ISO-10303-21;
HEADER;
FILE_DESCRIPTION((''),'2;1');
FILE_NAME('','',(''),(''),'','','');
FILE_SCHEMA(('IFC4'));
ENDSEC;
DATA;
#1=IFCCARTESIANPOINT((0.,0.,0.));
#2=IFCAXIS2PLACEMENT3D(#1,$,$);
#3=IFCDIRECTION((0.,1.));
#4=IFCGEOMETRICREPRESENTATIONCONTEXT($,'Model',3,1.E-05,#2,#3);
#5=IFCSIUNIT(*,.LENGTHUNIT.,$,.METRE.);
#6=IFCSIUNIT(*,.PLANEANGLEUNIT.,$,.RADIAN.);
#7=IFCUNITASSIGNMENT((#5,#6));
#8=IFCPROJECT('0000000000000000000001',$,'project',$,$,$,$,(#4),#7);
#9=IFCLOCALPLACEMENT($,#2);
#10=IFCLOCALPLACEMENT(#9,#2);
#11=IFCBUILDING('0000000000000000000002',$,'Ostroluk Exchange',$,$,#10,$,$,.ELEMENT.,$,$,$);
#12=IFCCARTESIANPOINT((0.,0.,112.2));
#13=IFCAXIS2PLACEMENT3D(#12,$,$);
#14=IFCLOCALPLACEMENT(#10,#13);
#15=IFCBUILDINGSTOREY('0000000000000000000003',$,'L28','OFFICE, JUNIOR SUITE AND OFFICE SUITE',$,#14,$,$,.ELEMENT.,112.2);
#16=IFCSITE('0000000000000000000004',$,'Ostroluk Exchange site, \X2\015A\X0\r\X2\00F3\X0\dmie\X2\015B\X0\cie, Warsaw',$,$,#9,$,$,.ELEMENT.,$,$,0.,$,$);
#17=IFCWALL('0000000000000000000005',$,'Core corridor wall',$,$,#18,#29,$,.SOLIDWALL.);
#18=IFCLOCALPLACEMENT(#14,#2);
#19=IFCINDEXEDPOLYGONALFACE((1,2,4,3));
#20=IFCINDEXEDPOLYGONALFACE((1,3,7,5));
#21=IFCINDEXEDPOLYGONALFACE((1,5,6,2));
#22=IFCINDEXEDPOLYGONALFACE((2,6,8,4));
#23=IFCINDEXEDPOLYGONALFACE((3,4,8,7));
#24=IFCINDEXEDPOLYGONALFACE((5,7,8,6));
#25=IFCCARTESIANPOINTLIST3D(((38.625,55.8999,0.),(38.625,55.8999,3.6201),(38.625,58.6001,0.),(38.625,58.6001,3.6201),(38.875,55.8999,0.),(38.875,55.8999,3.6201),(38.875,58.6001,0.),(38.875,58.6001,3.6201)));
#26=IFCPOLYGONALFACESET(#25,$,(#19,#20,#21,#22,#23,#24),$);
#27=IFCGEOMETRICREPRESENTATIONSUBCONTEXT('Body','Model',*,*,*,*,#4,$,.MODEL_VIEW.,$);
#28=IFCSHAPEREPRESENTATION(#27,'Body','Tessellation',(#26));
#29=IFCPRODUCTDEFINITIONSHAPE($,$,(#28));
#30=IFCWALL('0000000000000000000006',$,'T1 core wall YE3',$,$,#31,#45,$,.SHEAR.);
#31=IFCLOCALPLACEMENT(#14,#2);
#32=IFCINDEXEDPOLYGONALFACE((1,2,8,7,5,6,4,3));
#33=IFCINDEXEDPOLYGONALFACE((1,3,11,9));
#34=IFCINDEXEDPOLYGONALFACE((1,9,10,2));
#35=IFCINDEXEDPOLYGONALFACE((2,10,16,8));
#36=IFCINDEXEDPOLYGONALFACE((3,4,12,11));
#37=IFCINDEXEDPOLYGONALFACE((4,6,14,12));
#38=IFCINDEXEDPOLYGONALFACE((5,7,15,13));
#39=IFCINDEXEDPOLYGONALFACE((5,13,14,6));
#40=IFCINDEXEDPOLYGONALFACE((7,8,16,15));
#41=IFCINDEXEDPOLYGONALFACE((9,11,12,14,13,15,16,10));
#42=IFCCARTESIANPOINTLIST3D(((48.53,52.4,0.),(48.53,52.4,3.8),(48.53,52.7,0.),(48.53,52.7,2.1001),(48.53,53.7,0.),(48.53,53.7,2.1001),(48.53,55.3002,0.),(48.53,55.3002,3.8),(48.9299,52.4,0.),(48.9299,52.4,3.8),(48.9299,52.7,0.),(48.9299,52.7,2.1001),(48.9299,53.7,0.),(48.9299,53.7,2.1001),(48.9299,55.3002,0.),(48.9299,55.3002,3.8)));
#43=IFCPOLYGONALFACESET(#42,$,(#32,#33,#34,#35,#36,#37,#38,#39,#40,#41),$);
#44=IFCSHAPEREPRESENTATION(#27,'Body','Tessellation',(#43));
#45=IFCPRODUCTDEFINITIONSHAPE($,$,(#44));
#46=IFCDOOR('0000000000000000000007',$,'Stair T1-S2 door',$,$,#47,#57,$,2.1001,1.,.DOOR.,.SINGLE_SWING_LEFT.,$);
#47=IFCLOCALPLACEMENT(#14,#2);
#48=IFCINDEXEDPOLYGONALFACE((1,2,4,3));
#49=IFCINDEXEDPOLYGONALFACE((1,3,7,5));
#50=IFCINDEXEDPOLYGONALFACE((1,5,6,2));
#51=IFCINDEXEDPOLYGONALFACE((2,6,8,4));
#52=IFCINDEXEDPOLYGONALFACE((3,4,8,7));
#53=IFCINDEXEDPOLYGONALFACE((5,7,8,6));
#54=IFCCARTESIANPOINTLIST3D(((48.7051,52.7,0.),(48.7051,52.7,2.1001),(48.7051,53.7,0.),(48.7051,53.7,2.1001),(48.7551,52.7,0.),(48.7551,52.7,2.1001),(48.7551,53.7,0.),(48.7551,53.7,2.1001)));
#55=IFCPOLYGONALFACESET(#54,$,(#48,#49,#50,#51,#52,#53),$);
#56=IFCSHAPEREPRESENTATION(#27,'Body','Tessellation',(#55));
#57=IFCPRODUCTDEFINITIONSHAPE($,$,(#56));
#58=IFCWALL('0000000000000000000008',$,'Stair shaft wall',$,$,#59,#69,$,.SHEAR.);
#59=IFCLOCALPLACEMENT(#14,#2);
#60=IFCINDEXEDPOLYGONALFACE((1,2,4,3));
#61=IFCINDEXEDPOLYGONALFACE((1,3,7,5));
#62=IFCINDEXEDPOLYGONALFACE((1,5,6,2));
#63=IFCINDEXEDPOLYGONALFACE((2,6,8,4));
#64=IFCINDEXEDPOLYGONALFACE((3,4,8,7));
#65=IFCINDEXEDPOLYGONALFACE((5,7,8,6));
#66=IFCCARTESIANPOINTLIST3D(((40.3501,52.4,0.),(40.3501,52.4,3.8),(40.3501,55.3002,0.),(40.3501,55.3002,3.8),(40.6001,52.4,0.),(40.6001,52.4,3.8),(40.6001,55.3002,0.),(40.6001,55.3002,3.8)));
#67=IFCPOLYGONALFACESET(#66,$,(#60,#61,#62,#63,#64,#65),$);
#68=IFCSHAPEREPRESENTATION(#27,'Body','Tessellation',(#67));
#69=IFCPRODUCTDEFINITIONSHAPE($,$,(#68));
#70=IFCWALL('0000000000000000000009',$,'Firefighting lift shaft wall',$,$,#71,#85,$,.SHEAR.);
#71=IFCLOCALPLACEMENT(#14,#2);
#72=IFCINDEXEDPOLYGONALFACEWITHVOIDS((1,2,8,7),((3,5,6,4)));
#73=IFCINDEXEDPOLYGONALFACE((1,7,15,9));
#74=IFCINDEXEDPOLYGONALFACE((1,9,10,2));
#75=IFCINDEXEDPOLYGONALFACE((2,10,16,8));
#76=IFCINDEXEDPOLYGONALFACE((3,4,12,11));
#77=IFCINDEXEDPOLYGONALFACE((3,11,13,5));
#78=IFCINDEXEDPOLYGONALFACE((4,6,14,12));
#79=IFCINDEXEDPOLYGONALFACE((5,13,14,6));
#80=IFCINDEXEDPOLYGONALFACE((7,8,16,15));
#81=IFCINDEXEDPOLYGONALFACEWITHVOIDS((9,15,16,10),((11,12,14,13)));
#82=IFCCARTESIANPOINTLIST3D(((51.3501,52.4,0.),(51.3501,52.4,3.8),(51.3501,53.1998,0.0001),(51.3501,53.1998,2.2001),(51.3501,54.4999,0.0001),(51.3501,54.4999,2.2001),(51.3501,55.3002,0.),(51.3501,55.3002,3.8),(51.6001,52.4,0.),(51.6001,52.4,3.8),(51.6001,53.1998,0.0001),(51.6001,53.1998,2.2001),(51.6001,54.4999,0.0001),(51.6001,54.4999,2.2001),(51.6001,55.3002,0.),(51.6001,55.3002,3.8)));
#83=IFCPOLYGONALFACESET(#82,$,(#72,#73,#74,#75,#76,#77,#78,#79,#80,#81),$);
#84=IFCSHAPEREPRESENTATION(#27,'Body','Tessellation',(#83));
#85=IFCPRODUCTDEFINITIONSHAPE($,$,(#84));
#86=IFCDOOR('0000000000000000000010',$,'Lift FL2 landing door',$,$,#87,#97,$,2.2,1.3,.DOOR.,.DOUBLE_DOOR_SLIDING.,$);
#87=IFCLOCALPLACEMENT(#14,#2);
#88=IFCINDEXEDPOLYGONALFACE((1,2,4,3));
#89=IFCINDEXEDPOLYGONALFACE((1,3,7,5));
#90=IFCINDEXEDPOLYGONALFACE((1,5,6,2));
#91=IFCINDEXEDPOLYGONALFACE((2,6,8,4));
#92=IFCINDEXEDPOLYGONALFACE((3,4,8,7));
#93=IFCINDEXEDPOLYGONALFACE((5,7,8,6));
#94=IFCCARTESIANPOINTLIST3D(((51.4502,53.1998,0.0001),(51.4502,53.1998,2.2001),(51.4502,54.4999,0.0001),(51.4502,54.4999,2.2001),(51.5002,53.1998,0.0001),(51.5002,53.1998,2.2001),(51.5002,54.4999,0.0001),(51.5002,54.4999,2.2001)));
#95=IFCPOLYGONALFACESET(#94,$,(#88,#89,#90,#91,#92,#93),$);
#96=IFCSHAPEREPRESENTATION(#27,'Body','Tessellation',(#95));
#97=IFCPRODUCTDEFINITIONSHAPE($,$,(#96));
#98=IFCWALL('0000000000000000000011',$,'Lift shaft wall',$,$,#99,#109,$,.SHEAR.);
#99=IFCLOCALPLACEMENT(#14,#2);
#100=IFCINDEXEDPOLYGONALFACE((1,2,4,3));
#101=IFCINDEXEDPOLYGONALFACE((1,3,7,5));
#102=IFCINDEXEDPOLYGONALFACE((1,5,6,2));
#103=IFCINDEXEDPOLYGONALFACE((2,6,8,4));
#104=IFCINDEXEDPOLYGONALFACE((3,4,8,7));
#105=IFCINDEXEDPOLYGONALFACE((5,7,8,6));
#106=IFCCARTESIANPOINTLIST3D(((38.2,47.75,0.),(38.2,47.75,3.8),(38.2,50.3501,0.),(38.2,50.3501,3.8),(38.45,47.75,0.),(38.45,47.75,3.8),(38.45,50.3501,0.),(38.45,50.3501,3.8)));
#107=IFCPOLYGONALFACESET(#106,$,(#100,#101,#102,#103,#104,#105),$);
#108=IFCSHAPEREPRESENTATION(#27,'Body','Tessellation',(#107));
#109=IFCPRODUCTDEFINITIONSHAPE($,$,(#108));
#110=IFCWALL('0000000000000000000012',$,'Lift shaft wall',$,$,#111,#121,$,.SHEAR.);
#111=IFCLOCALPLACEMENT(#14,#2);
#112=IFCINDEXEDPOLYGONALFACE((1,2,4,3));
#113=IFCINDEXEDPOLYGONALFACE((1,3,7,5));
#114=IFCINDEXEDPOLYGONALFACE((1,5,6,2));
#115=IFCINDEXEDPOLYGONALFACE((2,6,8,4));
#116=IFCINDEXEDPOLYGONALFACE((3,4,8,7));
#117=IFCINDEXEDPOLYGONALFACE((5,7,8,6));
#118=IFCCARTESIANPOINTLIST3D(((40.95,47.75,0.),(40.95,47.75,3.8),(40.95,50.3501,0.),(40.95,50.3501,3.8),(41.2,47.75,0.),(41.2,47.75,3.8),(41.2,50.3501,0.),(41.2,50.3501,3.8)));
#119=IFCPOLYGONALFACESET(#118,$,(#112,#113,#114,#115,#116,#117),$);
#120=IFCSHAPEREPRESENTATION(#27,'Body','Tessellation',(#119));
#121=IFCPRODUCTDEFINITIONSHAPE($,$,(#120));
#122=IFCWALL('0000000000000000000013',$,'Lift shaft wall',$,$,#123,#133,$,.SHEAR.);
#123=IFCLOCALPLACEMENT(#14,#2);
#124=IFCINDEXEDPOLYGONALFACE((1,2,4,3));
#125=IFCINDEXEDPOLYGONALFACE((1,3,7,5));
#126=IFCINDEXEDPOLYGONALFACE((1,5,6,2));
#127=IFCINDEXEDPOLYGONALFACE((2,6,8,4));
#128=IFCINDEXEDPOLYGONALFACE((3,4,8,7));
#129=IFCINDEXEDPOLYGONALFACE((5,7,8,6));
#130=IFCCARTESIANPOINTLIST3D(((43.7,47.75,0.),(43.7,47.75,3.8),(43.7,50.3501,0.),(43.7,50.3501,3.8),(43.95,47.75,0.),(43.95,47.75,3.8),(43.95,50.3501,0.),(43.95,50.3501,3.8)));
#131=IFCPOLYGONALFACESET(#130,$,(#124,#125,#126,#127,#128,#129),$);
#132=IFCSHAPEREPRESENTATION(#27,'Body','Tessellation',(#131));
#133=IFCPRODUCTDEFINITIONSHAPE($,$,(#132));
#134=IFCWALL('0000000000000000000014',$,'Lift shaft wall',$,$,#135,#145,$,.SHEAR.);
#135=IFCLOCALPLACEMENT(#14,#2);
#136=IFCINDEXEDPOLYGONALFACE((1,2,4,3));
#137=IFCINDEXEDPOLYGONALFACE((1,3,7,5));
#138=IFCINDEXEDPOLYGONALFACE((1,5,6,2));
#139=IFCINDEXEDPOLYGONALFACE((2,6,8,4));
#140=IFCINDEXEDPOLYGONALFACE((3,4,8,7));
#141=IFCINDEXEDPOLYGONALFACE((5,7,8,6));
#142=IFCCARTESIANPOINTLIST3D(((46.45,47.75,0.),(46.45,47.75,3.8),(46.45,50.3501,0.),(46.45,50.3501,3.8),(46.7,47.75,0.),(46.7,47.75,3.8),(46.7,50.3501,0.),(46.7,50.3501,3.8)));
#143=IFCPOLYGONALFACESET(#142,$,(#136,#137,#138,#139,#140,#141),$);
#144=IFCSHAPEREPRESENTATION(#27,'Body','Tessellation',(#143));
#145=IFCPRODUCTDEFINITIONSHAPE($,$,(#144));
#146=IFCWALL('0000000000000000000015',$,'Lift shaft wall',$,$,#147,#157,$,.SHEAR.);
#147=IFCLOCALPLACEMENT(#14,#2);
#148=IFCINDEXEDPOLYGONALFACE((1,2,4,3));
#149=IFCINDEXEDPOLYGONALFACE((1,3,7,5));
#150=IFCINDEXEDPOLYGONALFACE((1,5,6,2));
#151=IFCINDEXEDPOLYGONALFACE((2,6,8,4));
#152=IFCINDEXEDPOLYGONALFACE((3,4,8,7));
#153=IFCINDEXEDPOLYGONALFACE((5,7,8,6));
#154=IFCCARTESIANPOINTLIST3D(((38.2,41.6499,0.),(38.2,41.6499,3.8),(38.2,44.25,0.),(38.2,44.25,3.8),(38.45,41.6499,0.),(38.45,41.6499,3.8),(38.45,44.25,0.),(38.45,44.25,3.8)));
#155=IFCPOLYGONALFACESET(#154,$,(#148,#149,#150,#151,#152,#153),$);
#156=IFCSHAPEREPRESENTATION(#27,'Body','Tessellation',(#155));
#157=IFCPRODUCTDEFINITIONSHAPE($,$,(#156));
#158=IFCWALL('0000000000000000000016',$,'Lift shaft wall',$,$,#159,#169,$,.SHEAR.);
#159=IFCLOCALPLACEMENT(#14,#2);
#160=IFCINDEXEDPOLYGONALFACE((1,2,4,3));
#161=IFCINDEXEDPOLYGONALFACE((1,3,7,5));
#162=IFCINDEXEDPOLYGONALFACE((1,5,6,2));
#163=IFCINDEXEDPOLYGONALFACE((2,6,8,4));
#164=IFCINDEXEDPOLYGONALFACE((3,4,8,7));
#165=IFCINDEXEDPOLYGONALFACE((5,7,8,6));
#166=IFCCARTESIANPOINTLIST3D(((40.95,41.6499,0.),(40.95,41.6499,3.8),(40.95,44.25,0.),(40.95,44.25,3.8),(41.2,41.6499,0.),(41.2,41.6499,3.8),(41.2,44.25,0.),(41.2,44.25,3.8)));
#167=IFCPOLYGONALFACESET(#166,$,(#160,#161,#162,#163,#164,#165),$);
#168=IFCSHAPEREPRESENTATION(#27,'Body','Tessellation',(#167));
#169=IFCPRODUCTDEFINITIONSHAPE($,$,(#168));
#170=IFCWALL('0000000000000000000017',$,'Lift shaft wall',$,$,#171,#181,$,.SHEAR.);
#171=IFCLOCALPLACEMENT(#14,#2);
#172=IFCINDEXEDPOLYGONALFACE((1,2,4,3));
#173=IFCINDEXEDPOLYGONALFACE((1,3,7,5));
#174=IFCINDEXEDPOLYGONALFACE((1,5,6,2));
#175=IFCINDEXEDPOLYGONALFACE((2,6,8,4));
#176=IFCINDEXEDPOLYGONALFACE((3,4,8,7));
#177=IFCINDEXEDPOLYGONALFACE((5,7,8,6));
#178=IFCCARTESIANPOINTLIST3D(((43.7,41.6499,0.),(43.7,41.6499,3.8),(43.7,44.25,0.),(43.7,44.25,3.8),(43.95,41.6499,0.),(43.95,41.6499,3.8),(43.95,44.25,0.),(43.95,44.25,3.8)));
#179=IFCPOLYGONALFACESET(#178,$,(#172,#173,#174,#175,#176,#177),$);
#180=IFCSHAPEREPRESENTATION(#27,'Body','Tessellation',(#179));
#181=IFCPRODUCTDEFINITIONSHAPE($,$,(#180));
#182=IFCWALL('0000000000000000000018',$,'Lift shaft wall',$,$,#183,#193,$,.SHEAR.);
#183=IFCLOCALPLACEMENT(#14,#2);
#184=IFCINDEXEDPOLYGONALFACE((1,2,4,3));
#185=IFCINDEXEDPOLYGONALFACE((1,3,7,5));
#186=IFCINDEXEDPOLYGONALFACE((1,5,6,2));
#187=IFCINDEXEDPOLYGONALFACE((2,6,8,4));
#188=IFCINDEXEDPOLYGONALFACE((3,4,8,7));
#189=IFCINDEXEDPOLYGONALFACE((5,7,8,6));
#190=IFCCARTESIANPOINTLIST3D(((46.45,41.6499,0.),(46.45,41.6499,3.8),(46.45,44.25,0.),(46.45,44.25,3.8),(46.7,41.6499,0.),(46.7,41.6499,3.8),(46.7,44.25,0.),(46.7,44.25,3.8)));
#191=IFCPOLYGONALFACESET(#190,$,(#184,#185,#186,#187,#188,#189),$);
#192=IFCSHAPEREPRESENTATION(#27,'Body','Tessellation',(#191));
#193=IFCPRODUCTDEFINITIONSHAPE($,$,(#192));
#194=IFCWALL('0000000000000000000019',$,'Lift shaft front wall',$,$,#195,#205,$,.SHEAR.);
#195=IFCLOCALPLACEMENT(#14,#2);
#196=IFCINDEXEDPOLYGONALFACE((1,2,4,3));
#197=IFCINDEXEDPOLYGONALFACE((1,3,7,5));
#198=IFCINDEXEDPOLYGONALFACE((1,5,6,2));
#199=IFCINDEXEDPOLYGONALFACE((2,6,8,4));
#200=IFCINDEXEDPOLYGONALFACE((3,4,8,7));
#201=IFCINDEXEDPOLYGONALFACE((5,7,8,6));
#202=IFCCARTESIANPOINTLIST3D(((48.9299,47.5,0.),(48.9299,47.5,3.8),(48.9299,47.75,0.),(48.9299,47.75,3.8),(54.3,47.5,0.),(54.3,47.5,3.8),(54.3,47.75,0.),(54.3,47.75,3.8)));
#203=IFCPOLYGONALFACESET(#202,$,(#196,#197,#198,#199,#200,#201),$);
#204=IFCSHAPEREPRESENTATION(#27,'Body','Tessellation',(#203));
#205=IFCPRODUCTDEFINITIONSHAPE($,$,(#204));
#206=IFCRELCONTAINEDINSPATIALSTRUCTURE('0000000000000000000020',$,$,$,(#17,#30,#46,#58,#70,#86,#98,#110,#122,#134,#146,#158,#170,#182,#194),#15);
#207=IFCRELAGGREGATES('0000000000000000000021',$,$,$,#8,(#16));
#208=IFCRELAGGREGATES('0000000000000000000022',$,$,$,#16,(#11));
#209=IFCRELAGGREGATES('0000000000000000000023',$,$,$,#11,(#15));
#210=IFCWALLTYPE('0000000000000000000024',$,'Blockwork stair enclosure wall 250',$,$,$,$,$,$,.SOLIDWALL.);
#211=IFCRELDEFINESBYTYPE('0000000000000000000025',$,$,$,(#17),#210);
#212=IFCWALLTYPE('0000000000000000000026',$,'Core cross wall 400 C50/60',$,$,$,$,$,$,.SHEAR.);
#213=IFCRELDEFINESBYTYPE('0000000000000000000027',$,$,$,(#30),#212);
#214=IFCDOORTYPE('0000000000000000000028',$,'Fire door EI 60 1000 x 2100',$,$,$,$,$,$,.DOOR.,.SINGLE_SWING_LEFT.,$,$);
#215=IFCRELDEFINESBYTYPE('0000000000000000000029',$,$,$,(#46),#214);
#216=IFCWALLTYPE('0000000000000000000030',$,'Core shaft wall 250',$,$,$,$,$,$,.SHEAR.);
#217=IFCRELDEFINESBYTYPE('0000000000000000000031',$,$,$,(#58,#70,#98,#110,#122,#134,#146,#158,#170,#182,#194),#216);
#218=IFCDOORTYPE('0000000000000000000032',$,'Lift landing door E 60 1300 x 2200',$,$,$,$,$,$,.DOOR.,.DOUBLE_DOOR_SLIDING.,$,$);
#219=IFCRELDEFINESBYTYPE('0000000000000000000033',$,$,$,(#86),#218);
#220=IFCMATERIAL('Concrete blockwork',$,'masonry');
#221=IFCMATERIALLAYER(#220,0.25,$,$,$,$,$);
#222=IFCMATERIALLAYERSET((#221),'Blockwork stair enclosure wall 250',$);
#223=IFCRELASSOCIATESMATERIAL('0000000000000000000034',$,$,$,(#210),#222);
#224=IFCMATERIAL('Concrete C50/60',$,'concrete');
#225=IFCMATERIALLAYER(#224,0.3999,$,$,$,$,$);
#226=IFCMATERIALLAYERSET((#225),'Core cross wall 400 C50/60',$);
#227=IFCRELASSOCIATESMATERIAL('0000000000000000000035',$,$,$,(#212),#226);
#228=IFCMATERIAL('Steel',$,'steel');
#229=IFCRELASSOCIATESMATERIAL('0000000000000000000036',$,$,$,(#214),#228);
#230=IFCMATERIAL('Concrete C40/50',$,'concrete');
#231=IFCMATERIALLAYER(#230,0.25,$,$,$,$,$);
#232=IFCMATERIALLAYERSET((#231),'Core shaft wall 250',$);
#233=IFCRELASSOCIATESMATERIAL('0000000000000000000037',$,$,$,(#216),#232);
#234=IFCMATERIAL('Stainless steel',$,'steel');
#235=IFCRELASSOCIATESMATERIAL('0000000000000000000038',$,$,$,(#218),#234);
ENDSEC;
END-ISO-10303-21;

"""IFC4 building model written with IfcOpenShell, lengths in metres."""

from ifc_helpers import new_model, si_unit, direction, frame, frame_2d, origin, place, context, subcontext, project, spatial, rectangle, extrude, material, layer, layer_set, type_object, element, fill, save


model = new_model("IFC4")

# Units and contexts
model_context = context("Model", 3, precision=1e-05, world=origin(), true_north=direction((0.0, 1.0)))
body_context = subcontext(model_context, "Body", "Model", "MODEL_VIEW")
ifc_project = project(units=[si_unit("LENGTHUNIT", "METRE"), si_unit("PLANEANGLEUNIT", "RADIAN")], contexts=[model_context])

# Site, building, storey
site_placement = place(None, origin())
site = spatial("IfcSite", under=ifc_project, at=site_placement, Name="Ostroluk Exchange site, Śródmieście, Warsaw", CompositionType="ELEMENT", RefElevation=0.0)
building_placement = place(site_placement, origin())
building = spatial("IfcBuilding", under=site, at=building_placement, Name="Ostroluk Exchange", CompositionType="ELEMENT")
storey_placement = place(building_placement, frame((0.0, 0.0, 112.2)))
storey = spatial("IfcBuildingStorey", under=building, at=storey_placement, Name="L28", Description="OFFICE, JUNIOR SUITE AND OFFICE SUITE", CompositionType="ELEMENT", Elevation=112.2)

# Wall
ifc_material_1 = material(Name="Concrete blockwork", Category="masonry")
ifc_layer_1 = layer(ifc_material_1, 0.25)
ifc_layer_set_1 = layer_set([ifc_layer_1], Name="Blockwork stair enclosure wall 250")
wall_type_1 = type_object("IfcWallType", Name="Blockwork stair enclosure wall 250", PredefinedType="SOLIDWALL", material=ifc_layer_set_1)
wall_1_placement = place(storey_placement, frame((38.75, 55.8999, 0.0), z_axis=(0.0, 0.0, 1.0), x_axis=(0.0, 1.0, 0.0)))
element("IfcWall", 1, at=wall_1_placement, inside=storey, type_object=wall_type_1, Name="Core corridor wall", PredefinedType="SOLIDWALL", context=body_context, shape_type="SweptSolid", body=[
    extrude(rectangle(XDim=2.7002, YDim=0.25, at=frame_2d((1.3501, 0.0))), origin(), (0.0, 0.0, 1.0), 3.6201),
])

# Wall, opening, door
ifc_material_2 = material(Name="Concrete C50/60", Category="concrete")
ifc_layer_2 = layer(ifc_material_2, 0.3999)
ifc_layer_set_2 = layer_set([ifc_layer_2], Name="Core cross wall 400 C50/60")
wall_type_2 = type_object("IfcWallType", Name="Core cross wall 400 C50/60", PredefinedType="SHEAR", material=ifc_layer_set_2)
wall_2_placement = place(storey_placement, frame((48.73, 52.3999, 0.0), z_axis=(0.0, 0.0, 1.0), x_axis=(0.0, 1.0, 0.0)))
wall_2 = element("IfcWall", 2, at=wall_2_placement, inside=storey, type_object=wall_type_2, Name="T1 core wall YE3", PredefinedType="SHEAR", context=body_context, shape_type="SweptSolid", body=[
    extrude(rectangle(XDim=2.9001, YDim=0.3999, at=frame_2d((1.4502, 0.0))), origin(), (0.0, 0.0, 1.0), 3.8),
])
opening_1_placement = place(wall_2_placement, frame((0.3, 0.0, 0.0)))
opening_1 = element("IfcOpeningElement", 3, at=opening_1_placement, cuts=wall_2, PredefinedType="OPENING", context=body_context, shape_type="SweptSolid", body=[
    extrude(rectangle(XDim=1.0, YDim=2.1001, at=frame_2d((0.5, 1.05))), frame((0.0, 0.21, 0.0), z_axis=(0.0, -1.0, 0.0), x_axis=(1.0, 0.0, 0.0)), (0.0, 0.0, 1.0), 0.4199),
])
ifc_material_3 = material(Name="Steel", Category="steel")
door_type_1 = type_object("IfcDoorType", Name="Fire door EI 60 1000 x 2100", OperationType="SINGLE_SWING_LEFT", PredefinedType="DOOR", material=ifc_material_3)
door_1_placement = place(opening_1_placement, origin())
door_1 = element("IfcDoor", 4, at=door_1_placement, inside=storey, type_object=door_type_1, Name="Stair T1-S2 door", OperationType="SINGLE_SWING_LEFT", OverallHeight=2.1001, OverallWidth=1.0, PredefinedType="DOOR", context=body_context, shape_type="SweptSolid", body=[
    extrude(rectangle(XDim=1.0, YDim=2.1001, at=frame_2d((0.5, 1.05))), frame((0.0, 0.0249, 0.0), z_axis=(0.0, -1.0, 0.0), x_axis=(1.0, 0.0, 0.0)), (0.0, 0.0, 1.0), 0.05),
])
fill(opening_1, door_1)

# Wall
ifc_material_4 = material(Name="Concrete C40/50", Category="concrete")
ifc_layer_3 = layer(ifc_material_4, 0.25)
ifc_layer_set_3 = layer_set([ifc_layer_3], Name="Core shaft wall 250")
wall_type_3 = type_object("IfcWallType", Name="Core shaft wall 250", PredefinedType="SHEAR", material=ifc_layer_set_3)
wall_3_placement = place(storey_placement, frame((40.4751, 52.3999, 0.0), z_axis=(0.0, 0.0, 1.0), x_axis=(0.0, 1.0, 0.0)))
element("IfcWall", 5, at=wall_3_placement, inside=storey, type_object=wall_type_3, Name="Stair shaft wall", PredefinedType="SHEAR", context=body_context, shape_type="SweptSolid", body=[
    extrude(rectangle(XDim=2.9001, YDim=0.25, at=frame_2d((1.4502, 0.0))), origin(), (0.0, 0.0, 1.0), 3.8),
])

# Wall, opening, door
wall_4_placement = place(storey_placement, frame((51.4751, 52.3999, 0.0), z_axis=(0.0, 0.0, 1.0), x_axis=(0.0, 1.0, 0.0)))
wall_4 = element("IfcWall", 6, at=wall_4_placement, inside=storey, type_object=wall_type_3, Name="Firefighting lift shaft wall", PredefinedType="SHEAR", context=body_context, shape_type="SweptSolid", body=[
    extrude(rectangle(XDim=2.9001, YDim=0.25, at=frame_2d((1.4502, 0.0))), origin(), (0.0, 0.0, 1.0), 3.8),
])
opening_2_placement = place(wall_4_placement, frame((0.8, 0.0, 0.0)))
opening_2 = element("IfcOpeningElement", 7, at=opening_2_placement, cuts=wall_4, PredefinedType="OPENING", context=body_context, shape_type="SweptSolid", body=[
    extrude(rectangle(XDim=1.3, YDim=2.2, at=frame_2d((0.6499, 1.1001))), frame((0.0, 0.135, 0.0), z_axis=(0.0, -1.0, 0.0), x_axis=(1.0, 0.0, 0.0)), (0.0, 0.0, 1.0), 0.27),
])
ifc_material_5 = material(Name="Stainless steel", Category="steel")
door_type_2 = type_object("IfcDoorType", Name="Lift landing door E 60 1300 x 2200", OperationType="DOUBLE_DOOR_SLIDING", PredefinedType="DOOR", material=ifc_material_5)
door_2_placement = place(opening_2_placement, origin())
door_2 = element("IfcDoor", 8, at=door_2_placement, inside=storey, type_object=door_type_2, Name="Lift FL2 landing door", OperationType="DOUBLE_DOOR_SLIDING", OverallHeight=2.2, OverallWidth=1.3, PredefinedType="DOOR", context=body_context, shape_type="SweptSolid", body=[
    extrude(rectangle(XDim=1.3, YDim=2.2, at=frame_2d((0.6499, 1.1001))), frame((0.0, 0.0249, 0.0), z_axis=(0.0, -1.0, 0.0), x_axis=(1.0, 0.0, 0.0)), (0.0, 0.0, 1.0), 0.05),
])
fill(opening_2, door_2)

# Walls
for number, where, z_axis, x_axis, name in (
    (9, (38.325, 47.75, 0.0), (0.0, 0.0, 1.0), (0.0, 1.0, 0.0), "Lift shaft wall"),
    (10, (41.075, 47.75, 0.0), (0.0, 0.0, 1.0), (0.0, 1.0, 0.0), "Lift shaft wall"),
    (11, (43.825, 47.75, 0.0), (0.0, 0.0, 1.0), (0.0, 1.0, 0.0), "Lift shaft wall"),
    (12, (46.575, 47.75, 0.0), (0.0, 0.0, 1.0), (0.0, 1.0, 0.0), "Lift shaft wall"),
    (13, (38.325, 44.25, 0.0), (0.0, 0.0, 1.0), (0.0, -1.0, 0.0), "Lift shaft wall"),
    (14, (41.075, 44.25, 0.0), (0.0, 0.0, 1.0), (0.0, -1.0, 0.0), "Lift shaft wall"),
    (15, (43.825, 44.25, 0.0), (0.0, 0.0, 1.0), (0.0, -1.0, 0.0), "Lift shaft wall"),
    (16, (46.575, 44.25, 0.0), (0.0, 0.0, 1.0), (0.0, -1.0, 0.0), "Lift shaft wall"),
):
    element("IfcWall", number, at=place(storey_placement, frame(where, z_axis=z_axis, x_axis=x_axis)), inside=storey, type_object=wall_type_3, Name=name, PredefinedType="SHEAR", context=body_context, shape_type="SweptSolid", body=[
        extrude(rectangle(XDim=2.6001, YDim=0.25, at=frame_2d((1.3, 0.0))), origin(), (0.0, 0.0, 1.0), 3.8),
    ])
wall_5_placement = place(storey_placement, frame((48.9299, 47.625, 0.0), z_axis=(0.0, 0.0, 1.0), x_axis=(1.0, 0.0, 0.0)))
element("IfcWall", 17, at=wall_5_placement, inside=storey, type_object=wall_type_3, Name="Lift shaft front wall", PredefinedType="SHEAR", context=body_context, shape_type="SweptSolid", body=[
    extrude(rectangle(XDim=5.3701, YDim=0.25, at=frame_2d((2.6851, 0.0))), origin(), (0.0, 0.0, 1.0), 3.8),
])

save(model, "model.ifc")
